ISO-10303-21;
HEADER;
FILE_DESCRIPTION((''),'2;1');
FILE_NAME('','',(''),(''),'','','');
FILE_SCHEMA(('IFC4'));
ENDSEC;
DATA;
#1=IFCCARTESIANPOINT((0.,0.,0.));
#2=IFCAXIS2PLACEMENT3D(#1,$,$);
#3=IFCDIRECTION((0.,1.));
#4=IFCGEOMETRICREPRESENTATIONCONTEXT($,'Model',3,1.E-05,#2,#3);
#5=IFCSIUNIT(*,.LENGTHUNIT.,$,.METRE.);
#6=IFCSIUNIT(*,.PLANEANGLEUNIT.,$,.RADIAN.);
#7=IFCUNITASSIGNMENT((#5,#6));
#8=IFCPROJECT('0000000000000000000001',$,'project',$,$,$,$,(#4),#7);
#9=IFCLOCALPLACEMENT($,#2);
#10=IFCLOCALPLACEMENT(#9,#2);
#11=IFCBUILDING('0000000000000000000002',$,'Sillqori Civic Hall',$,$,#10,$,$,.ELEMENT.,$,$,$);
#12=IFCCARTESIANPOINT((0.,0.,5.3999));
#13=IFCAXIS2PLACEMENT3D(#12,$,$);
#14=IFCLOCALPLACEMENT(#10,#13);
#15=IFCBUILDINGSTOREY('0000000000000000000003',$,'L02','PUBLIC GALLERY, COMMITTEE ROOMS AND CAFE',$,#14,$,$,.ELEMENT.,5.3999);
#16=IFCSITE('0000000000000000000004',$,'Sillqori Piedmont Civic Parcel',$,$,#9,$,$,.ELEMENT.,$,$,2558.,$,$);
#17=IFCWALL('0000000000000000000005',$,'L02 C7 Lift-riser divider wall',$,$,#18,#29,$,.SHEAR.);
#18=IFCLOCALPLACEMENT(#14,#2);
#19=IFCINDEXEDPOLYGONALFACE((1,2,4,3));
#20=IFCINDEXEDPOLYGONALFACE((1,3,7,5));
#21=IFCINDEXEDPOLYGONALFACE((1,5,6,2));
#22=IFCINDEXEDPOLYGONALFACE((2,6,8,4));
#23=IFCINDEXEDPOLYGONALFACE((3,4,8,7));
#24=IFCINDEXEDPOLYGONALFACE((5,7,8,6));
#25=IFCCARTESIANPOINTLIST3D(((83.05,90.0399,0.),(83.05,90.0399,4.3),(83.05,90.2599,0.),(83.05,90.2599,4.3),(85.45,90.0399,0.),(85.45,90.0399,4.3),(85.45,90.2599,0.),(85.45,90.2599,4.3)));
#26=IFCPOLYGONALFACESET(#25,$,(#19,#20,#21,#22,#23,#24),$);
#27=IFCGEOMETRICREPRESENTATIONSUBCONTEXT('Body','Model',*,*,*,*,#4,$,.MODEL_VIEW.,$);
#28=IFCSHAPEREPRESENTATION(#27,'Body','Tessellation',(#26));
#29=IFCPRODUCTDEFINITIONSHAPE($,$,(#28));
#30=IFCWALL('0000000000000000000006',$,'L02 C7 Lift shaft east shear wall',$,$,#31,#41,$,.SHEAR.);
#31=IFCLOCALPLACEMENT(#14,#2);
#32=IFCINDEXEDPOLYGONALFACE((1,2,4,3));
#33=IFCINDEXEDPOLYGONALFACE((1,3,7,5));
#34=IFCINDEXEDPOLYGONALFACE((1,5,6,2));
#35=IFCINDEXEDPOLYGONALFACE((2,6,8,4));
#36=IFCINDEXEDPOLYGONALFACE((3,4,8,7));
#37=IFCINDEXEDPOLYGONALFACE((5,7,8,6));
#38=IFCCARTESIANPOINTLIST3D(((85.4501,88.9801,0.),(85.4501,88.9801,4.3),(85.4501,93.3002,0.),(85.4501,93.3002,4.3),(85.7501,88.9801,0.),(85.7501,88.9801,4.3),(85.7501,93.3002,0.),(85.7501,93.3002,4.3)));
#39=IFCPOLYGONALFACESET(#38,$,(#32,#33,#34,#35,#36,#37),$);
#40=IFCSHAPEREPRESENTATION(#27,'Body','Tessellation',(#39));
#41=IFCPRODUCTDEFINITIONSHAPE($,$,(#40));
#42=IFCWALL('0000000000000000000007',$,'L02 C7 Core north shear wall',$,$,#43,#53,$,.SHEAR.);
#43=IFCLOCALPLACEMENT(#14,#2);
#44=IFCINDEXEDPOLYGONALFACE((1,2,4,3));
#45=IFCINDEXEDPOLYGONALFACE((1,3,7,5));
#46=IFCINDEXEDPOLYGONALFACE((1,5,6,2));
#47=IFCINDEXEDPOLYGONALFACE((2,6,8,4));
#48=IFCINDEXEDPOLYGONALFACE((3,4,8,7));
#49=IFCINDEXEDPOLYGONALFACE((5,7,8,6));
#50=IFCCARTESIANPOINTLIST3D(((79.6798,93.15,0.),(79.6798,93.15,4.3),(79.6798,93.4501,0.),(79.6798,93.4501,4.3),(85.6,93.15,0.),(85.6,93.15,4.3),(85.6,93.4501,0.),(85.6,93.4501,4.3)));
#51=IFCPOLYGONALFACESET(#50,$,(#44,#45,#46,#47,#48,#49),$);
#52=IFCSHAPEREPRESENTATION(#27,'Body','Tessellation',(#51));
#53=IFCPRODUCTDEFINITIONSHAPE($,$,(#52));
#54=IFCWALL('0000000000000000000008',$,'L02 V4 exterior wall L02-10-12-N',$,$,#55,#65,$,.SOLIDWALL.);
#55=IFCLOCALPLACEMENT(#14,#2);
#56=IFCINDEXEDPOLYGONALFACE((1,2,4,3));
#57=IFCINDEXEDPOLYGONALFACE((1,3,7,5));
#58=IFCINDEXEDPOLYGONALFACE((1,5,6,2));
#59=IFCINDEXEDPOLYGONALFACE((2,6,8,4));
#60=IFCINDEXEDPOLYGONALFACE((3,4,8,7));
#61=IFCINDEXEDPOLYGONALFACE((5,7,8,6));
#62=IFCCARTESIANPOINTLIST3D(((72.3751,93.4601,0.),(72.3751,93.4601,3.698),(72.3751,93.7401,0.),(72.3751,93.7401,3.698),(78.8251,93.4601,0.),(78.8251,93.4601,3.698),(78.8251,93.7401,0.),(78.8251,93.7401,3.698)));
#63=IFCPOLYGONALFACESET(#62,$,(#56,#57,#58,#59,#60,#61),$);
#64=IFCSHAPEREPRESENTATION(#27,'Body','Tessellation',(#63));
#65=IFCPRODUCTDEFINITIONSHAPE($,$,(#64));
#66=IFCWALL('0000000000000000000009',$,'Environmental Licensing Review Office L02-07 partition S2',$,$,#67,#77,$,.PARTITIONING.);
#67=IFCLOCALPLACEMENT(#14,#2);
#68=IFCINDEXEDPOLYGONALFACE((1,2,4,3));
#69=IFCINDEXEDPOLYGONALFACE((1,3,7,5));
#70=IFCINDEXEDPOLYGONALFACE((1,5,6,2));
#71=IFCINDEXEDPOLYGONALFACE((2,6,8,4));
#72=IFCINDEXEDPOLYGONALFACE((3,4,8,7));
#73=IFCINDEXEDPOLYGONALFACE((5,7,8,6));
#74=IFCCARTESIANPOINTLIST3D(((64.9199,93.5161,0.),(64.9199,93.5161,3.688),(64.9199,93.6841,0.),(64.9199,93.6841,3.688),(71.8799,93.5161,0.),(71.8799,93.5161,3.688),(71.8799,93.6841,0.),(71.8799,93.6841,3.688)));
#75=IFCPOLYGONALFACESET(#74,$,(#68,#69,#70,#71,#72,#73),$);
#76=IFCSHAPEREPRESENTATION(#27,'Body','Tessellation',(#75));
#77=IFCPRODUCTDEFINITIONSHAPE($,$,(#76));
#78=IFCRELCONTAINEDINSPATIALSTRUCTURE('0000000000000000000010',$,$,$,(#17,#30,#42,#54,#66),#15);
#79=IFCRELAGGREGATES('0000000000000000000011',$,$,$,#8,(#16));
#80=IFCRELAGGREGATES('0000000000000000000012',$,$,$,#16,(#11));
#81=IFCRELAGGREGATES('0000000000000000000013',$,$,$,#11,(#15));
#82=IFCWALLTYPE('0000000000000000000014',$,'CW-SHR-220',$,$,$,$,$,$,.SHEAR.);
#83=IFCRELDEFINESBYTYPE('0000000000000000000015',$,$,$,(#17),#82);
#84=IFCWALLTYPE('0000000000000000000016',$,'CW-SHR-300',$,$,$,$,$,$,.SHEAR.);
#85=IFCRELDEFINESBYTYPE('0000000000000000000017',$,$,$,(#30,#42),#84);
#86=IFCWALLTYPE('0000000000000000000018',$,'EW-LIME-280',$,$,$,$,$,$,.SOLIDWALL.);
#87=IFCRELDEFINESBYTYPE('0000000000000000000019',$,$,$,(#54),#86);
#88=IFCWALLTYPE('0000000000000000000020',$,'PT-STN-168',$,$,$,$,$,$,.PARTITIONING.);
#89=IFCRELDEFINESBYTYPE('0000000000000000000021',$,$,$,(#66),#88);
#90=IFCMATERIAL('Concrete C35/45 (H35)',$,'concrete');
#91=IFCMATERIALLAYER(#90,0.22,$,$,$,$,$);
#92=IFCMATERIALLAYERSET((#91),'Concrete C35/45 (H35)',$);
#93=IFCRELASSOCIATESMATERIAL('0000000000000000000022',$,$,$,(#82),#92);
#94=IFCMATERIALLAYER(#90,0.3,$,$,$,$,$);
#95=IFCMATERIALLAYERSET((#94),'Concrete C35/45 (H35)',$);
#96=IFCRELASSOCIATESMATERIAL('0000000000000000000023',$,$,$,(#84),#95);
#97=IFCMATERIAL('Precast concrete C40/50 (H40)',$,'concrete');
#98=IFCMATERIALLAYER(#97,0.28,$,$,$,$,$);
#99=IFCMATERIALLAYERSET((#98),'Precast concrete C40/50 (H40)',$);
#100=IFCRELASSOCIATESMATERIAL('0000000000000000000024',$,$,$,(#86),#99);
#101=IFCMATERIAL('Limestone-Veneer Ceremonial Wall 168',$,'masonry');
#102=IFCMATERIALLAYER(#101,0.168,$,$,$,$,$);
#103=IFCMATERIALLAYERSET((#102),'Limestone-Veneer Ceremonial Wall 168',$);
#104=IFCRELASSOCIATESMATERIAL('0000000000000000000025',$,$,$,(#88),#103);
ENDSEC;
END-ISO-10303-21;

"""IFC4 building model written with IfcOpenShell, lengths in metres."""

from ifc_helpers import new_model, si_unit, direction, frame, frame_2d, origin, place, context, subcontext, project, spatial, rectangle, extrude, material, layer, layer_set, type_object, element, save


model = new_model("IFC4")

# Units and contexts
model_context = context("Model", 3, precision=1e-05, world=origin(), true_north=direction((0.0, 1.0)))
body_context = subcontext(model_context, "Body", "Model", "MODEL_VIEW")
ifc_project = project(units=[si_unit("LENGTHUNIT", "METRE"), si_unit("PLANEANGLEUNIT", "RADIAN")], contexts=[model_context])

# Site, building, storey
site_placement = place(None, origin())
site = spatial("IfcSite", under=ifc_project, at=site_placement, Name="Sillqori Piedmont Civic Parcel", CompositionType="ELEMENT", RefElevation=2558.0)
building_placement = place(site_placement, origin())
building = spatial("IfcBuilding", under=site, at=building_placement, Name="Sillqori Civic Hall", CompositionType="ELEMENT")
storey_placement = place(building_placement, frame((0.0, 0.0, 5.3999)))
storey = spatial("IfcBuildingStorey", under=building, at=storey_placement, Name="L02", Description="PUBLIC GALLERY, COMMITTEE ROOMS AND CAFE", CompositionType="ELEMENT", Elevation=5.3999)

# Shared definitions
ifc_material_1 = material(Name="Concrete C35/45 (H35)", Category="concrete")

# Shared definitions
ifc_layer_1 = layer(ifc_material_1, 0.22)
ifc_layer_set_1 = layer_set([ifc_layer_1], Name="Concrete C35/45 (H35)")
wall_type_1 = type_object("IfcWallType", Name="CW-SHR-220", PredefinedType="SHEAR", material=ifc_layer_set_1)

# Wall
wall_1_placement = place(storey_placement, frame((83.05, 90.1499, 0.0), z_axis=(0.0, 0.0, 1.0), x_axis=(1.0, 0.0, 0.0)))
element("IfcWall", 1, at=wall_1_placement, inside=storey, type_object=wall_type_1, Name="L02 C7 Lift-riser divider wall", PredefinedType="SHEAR", context=body_context, shape_type="SweptSolid", body=[
    extrude(rectangle(XDim=2.3999, YDim=0.22, at=frame_2d((1.2, 0.0))), origin(), (0.0, 0.0, 1.0), 4.3),
])

# Walls
ifc_layer_2 = layer(ifc_material_1, 0.3)
ifc_layer_set_2 = layer_set([ifc_layer_2], Name="Concrete C35/45 (H35)")
wall_type_2 = type_object("IfcWallType", Name="CW-SHR-300", PredefinedType="SHEAR", material=ifc_layer_set_2)
wall_2_placement = place(storey_placement, frame((85.6001, 88.98, 0.0), z_axis=(0.0, 0.0, 1.0), x_axis=(0.0, 1.0, 0.0)))
element("IfcWall", 2, at=wall_2_placement, inside=storey, type_object=wall_type_2, Name="L02 C7 Lift shaft east shear wall", PredefinedType="SHEAR", context=body_context, shape_type="SweptSolid", body=[
    extrude(rectangle(XDim=4.3201, YDim=0.3, at=frame_2d((2.1602, 0.0))), origin(), (0.0, 0.0, 1.0), 4.3),
])
wall_3_placement = place(storey_placement, frame((79.6799, 93.3, 0.0), z_axis=(0.0, 0.0, 1.0), x_axis=(1.0, 0.0, 0.0)))
element("IfcWall", 3, at=wall_3_placement, inside=storey, type_object=wall_type_2, Name="L02 C7 Core north shear wall", PredefinedType="SHEAR", context=body_context, shape_type="SweptSolid", body=[
    extrude(rectangle(XDim=5.9202, YDim=0.3, at=frame_2d((2.96, 0.0))), origin(), (0.0, 0.0, 1.0), 4.3),
])
ifc_material_2 = material(Name="Precast concrete C40/50 (H40)", Category="concrete")
ifc_layer_3 = layer(ifc_material_2, 0.28)
ifc_layer_set_3 = layer_set([ifc_layer_3], Name="Precast concrete C40/50 (H40)")
wall_type_3 = type_object("IfcWallType", Name="EW-LIME-280", PredefinedType="SOLIDWALL", material=ifc_layer_set_3)
wall_4_placement = place(storey_placement, frame((72.375, 93.6001, 0.0), z_axis=(0.0, 0.0, 1.0), x_axis=(1.0, 0.0, 0.0)))
element("IfcWall", 4, at=wall_4_placement, inside=storey, type_object=wall_type_3, Name="L02 V4 exterior wall L02-10-12-N", PredefinedType="SOLIDWALL", context=body_context, shape_type="SweptSolid", body=[
    extrude(rectangle(XDim=6.45, YDim=0.28, at=frame_2d((3.2251, 0.0))), origin(), (0.0, 0.0, 1.0), 3.698),
])
ifc_material_3 = material(Name="Limestone-Veneer Ceremonial Wall 168", Category="masonry")
ifc_layer_4 = layer(ifc_material_3, 0.168)
ifc_layer_set_4 = layer_set([ifc_layer_4], Name="Limestone-Veneer Ceremonial Wall 168")
wall_type_4 = type_object("IfcWallType", Name="PT-STN-168", PredefinedType="PARTITIONING", material=ifc_layer_set_4)
wall_5_placement = place(storey_placement, frame((71.8799, 93.6001, 0.0), z_axis=(0.0, 0.0, 1.0), x_axis=(-1.0, 0.0, 0.0)))
element("IfcWall", 5, at=wall_5_placement, inside=storey, type_object=wall_type_4, Name="Environmental Licensing Review Office L02-07 partition S2", PredefinedType="PARTITIONING", context=body_context, shape_type="SweptSolid", body=[
    extrude(rectangle(XDim=6.96, YDim=0.168, at=frame_2d((3.48, 0.0))), origin(), (0.0, 0.0, 1.0), 3.688),
])

save(model, "model.ifc")
